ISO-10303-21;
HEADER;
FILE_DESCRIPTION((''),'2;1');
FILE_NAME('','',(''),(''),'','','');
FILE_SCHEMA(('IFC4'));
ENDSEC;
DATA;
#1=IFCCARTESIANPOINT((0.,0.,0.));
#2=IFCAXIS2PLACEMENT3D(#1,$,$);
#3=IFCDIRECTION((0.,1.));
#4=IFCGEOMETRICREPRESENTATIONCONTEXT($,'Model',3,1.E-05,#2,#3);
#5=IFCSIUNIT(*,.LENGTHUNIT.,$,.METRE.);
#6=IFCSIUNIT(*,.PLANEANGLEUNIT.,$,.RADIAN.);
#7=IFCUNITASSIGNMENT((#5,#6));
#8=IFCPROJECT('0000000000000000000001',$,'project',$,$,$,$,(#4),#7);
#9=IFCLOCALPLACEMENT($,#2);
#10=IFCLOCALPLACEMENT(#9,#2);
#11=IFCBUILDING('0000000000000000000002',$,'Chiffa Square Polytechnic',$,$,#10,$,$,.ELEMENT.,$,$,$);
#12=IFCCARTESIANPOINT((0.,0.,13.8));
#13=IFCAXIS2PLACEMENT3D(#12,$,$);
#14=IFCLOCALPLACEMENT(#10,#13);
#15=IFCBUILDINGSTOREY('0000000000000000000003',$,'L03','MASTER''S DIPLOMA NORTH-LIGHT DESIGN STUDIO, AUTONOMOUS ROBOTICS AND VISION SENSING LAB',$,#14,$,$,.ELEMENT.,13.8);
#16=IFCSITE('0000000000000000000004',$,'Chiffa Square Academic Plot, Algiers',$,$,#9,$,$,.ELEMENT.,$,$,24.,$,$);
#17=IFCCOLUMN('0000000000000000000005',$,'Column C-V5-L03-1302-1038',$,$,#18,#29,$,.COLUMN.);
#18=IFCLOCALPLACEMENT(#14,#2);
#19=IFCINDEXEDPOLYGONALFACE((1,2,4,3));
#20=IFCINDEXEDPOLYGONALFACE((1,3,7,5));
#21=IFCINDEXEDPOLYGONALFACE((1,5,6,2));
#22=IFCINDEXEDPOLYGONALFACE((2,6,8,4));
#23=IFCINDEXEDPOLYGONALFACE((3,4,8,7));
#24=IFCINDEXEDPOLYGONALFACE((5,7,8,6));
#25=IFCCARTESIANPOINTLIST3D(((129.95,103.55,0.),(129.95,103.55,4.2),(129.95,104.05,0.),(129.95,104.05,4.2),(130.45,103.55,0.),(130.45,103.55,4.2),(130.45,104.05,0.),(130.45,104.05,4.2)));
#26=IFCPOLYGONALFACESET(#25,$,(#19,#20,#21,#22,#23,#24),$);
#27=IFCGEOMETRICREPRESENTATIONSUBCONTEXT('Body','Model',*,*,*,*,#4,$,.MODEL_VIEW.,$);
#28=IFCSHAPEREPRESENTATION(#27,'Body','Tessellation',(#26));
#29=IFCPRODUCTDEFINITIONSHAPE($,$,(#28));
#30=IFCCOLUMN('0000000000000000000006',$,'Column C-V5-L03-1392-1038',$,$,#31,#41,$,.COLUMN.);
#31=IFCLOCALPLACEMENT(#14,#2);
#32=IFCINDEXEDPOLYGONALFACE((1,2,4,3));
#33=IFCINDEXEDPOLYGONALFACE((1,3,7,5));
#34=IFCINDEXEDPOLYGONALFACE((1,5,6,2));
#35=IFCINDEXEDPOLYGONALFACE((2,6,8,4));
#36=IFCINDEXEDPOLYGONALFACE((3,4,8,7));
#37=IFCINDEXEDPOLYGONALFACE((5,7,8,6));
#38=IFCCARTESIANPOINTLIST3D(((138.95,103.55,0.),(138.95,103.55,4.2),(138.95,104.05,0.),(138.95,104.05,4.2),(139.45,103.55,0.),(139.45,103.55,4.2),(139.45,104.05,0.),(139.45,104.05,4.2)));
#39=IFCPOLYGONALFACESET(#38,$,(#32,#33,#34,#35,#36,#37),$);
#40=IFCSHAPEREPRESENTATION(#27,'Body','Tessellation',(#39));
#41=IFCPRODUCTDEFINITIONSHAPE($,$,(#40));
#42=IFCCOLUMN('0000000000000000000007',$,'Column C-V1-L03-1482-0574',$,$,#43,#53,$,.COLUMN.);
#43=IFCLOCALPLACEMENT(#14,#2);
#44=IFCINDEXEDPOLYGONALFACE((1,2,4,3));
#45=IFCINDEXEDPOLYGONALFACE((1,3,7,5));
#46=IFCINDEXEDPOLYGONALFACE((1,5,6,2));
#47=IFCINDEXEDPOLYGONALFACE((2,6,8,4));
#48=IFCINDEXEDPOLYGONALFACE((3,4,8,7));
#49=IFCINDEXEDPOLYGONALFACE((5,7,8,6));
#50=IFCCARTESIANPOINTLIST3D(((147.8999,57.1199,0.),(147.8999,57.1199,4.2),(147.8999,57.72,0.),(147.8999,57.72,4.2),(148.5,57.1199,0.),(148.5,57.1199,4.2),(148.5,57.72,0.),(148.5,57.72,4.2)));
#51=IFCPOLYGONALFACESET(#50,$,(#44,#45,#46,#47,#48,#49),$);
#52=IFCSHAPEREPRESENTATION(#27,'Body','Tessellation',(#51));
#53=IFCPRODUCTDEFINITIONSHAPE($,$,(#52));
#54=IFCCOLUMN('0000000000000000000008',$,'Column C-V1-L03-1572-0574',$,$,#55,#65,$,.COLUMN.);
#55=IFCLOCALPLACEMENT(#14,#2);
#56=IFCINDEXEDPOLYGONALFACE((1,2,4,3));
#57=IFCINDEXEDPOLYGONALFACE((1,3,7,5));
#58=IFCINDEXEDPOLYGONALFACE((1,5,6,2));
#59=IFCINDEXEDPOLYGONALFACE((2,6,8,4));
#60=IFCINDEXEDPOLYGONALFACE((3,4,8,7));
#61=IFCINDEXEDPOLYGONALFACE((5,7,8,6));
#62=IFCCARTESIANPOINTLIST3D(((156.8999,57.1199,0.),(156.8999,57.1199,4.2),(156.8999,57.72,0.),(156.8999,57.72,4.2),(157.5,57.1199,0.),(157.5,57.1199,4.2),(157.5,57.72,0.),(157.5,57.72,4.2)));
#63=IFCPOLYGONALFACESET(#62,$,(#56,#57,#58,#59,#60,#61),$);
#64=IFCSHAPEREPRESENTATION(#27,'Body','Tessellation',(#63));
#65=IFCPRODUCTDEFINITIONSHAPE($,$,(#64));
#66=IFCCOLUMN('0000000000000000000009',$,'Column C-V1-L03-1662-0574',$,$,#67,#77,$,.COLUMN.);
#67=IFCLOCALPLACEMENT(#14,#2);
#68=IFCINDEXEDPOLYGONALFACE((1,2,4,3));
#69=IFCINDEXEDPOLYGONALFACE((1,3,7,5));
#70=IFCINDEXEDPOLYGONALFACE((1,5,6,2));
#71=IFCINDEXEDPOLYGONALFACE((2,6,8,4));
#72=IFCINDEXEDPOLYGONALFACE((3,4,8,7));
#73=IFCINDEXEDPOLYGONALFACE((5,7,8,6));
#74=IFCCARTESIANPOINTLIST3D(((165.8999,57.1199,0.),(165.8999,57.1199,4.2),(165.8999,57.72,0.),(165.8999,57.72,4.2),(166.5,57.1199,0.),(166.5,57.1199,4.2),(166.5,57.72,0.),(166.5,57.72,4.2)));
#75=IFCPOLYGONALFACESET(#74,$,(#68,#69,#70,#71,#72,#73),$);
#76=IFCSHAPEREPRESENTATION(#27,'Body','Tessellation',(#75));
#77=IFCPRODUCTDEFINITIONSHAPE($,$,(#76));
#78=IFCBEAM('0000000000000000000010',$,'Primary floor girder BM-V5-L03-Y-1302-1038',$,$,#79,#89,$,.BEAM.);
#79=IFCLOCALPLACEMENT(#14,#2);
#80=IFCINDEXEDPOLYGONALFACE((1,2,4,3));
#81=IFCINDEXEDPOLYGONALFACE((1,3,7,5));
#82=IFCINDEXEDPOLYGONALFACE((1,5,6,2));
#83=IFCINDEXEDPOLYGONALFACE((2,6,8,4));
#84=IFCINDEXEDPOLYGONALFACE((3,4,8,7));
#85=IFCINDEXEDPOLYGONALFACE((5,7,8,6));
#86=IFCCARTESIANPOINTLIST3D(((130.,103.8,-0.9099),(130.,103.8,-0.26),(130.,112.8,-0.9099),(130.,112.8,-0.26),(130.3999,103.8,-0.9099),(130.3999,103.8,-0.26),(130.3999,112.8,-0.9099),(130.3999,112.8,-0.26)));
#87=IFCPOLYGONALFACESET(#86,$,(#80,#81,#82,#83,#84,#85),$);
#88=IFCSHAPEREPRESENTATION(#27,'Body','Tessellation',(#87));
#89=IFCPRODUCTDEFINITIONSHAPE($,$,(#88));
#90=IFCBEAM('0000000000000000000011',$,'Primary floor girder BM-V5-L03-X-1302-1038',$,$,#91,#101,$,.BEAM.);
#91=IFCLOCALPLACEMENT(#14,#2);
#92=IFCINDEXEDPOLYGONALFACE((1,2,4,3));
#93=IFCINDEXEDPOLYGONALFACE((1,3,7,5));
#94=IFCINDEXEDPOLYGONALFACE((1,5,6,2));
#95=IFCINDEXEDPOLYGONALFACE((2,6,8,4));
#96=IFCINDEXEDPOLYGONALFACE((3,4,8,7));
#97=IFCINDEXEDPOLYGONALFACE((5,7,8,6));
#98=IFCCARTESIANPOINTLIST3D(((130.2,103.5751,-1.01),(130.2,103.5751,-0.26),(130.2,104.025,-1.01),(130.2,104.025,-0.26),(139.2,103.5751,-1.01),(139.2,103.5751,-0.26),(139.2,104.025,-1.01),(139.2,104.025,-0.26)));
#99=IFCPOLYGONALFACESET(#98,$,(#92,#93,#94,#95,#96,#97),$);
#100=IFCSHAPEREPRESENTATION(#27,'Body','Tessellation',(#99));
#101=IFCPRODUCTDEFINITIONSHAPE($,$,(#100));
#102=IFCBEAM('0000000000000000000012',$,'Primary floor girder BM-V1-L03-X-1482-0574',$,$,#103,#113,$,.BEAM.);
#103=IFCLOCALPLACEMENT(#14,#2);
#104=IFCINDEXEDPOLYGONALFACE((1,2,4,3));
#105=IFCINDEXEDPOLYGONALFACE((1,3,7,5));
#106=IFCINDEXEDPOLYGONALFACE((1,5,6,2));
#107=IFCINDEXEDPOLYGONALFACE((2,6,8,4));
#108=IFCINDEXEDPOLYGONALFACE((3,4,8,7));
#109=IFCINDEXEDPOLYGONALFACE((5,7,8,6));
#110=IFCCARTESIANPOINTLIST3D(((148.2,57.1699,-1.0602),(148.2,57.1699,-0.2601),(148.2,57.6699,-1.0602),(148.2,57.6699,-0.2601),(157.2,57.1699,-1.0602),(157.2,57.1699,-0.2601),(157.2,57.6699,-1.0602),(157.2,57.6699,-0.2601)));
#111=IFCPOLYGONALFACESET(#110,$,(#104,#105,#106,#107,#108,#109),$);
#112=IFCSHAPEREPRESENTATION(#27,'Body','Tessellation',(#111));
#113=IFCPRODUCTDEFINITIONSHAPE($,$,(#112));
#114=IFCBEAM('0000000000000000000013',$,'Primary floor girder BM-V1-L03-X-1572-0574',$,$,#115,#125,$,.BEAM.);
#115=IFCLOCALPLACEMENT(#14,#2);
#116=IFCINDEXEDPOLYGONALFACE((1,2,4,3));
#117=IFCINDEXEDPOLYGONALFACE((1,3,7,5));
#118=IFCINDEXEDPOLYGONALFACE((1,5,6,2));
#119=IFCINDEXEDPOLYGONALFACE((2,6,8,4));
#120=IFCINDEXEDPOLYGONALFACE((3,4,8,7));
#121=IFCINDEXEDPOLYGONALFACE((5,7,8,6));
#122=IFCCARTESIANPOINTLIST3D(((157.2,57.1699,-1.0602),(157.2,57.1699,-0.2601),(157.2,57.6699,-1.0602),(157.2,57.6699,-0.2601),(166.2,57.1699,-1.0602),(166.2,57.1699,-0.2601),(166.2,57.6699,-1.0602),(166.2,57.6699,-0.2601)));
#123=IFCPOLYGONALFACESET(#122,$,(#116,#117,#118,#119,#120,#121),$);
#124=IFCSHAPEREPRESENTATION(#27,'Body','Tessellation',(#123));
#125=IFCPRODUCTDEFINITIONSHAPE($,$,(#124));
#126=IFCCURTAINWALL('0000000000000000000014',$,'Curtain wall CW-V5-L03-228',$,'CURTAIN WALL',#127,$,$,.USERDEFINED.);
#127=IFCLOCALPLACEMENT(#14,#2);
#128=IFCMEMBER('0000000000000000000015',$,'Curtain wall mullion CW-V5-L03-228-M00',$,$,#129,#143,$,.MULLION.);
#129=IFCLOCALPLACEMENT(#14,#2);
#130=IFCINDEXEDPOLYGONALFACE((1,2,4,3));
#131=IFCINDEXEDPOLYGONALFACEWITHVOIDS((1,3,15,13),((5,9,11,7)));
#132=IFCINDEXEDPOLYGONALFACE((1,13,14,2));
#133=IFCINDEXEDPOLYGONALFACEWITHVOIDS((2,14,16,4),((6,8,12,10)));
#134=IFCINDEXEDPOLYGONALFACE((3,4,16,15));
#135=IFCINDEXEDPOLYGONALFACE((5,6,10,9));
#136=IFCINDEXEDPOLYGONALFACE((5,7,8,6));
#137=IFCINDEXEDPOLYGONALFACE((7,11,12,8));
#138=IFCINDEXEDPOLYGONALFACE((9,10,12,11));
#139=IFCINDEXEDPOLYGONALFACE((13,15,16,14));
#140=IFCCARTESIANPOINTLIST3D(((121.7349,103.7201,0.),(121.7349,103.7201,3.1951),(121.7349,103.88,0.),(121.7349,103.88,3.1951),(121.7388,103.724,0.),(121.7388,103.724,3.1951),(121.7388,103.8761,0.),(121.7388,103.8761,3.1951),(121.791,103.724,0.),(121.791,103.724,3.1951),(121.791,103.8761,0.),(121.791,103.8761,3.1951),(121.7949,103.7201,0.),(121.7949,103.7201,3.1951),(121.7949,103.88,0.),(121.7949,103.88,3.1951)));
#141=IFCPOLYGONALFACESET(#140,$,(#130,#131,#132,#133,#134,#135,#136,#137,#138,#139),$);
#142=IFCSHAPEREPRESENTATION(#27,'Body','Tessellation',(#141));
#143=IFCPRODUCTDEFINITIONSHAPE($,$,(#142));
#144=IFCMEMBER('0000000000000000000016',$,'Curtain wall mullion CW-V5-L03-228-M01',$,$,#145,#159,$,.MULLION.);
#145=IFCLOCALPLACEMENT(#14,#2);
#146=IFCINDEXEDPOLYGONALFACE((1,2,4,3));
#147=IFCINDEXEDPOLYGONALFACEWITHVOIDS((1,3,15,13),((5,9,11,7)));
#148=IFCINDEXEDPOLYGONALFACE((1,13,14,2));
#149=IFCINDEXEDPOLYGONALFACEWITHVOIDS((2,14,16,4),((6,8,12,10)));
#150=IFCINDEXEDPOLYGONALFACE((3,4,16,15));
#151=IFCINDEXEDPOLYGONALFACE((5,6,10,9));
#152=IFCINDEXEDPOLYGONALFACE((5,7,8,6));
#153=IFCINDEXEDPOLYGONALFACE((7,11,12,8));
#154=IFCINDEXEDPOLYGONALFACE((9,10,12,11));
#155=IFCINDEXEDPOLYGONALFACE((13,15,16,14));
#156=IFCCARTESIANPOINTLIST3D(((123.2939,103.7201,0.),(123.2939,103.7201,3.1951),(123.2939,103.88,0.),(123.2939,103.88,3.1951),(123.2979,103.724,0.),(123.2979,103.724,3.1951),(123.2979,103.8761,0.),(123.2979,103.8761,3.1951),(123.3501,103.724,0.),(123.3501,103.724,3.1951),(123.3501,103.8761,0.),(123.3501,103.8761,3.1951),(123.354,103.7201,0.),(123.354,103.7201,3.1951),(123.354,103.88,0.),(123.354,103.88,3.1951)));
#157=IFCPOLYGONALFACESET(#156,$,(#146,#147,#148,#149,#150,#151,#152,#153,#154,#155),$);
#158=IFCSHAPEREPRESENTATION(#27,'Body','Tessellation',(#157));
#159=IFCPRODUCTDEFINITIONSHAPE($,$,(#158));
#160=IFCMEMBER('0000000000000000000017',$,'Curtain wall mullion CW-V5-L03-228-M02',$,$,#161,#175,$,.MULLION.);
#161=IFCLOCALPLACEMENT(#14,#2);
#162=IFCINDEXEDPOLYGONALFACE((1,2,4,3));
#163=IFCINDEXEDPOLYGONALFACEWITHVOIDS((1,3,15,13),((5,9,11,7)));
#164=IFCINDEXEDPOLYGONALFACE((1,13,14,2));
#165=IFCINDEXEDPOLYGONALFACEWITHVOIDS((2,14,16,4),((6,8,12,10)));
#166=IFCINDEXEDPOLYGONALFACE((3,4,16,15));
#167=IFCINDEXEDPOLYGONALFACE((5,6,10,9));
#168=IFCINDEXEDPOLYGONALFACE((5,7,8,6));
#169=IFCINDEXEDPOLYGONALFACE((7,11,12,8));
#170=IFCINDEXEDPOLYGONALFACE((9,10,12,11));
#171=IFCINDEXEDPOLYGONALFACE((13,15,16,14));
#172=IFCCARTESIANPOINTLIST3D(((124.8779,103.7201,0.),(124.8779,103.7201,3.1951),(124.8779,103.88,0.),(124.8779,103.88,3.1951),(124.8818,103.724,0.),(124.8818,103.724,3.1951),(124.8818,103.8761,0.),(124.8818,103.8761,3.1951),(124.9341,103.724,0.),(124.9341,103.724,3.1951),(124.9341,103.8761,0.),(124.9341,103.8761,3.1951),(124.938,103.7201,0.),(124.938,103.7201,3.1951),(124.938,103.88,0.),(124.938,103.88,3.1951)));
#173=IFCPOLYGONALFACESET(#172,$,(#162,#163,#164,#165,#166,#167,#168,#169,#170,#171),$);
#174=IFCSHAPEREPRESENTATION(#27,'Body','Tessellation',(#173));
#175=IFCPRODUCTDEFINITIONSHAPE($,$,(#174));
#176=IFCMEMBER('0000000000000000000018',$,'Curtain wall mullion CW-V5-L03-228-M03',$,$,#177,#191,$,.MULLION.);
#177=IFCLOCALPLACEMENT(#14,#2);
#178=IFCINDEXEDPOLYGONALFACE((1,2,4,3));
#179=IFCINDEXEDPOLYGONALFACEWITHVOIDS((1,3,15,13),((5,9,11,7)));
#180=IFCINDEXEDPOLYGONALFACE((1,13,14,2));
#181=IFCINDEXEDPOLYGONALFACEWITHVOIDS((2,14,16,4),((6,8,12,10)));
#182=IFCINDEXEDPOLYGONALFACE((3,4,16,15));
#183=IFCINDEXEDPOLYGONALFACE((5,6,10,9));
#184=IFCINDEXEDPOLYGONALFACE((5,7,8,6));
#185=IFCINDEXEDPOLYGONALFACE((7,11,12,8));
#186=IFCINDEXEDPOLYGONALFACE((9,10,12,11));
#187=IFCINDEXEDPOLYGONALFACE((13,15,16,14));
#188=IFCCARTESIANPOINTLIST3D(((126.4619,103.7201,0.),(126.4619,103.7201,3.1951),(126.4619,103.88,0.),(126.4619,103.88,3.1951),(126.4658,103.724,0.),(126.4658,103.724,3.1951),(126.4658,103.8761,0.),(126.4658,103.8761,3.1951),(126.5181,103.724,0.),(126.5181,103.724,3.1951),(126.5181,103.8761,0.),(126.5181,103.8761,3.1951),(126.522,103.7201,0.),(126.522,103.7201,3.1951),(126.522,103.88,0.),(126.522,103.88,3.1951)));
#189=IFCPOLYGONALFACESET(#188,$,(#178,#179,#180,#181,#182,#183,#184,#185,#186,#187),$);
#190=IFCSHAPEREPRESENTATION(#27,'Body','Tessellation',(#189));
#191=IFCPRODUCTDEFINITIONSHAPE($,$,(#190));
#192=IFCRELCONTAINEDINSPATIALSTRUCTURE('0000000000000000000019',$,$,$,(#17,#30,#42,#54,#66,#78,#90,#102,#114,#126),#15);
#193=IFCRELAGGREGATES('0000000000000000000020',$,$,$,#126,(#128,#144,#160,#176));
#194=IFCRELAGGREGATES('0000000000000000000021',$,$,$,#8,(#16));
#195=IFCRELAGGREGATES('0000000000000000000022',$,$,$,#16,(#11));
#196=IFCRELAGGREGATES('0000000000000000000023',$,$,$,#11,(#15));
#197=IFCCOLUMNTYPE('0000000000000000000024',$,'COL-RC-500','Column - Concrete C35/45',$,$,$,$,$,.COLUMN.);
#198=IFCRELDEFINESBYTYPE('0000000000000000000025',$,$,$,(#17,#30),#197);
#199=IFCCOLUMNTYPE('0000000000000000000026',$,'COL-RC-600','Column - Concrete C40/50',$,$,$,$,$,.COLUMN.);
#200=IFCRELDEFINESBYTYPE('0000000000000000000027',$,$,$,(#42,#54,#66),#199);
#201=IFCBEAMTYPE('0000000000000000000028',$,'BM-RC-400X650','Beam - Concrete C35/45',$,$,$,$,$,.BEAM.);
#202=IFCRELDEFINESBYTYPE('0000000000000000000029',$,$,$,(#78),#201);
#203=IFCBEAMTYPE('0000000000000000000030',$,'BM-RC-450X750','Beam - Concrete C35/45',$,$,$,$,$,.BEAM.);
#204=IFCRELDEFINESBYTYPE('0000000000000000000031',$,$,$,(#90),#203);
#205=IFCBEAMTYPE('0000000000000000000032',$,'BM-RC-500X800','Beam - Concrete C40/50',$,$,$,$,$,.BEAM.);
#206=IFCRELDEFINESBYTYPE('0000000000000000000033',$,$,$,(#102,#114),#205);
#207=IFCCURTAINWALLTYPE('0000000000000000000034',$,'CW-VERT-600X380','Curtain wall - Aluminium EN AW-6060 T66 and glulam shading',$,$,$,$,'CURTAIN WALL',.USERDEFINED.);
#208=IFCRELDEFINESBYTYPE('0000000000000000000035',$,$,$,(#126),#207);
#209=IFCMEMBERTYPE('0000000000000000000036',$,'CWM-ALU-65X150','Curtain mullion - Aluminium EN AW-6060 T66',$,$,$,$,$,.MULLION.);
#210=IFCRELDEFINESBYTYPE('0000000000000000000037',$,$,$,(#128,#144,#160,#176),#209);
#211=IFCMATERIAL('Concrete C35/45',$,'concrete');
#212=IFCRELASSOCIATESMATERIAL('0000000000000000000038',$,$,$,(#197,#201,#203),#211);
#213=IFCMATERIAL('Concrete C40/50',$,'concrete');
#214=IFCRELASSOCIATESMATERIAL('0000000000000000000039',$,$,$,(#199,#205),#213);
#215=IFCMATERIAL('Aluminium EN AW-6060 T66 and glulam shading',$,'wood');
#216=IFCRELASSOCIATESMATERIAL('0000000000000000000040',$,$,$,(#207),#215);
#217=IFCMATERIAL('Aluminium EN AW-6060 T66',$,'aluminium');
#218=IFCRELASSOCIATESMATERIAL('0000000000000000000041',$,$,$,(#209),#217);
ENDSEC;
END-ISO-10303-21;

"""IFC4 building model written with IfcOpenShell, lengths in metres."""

from ifc_helpers import new_model, si_unit, direction, frame, origin, origin_2d, place, context, subcontext, project, spatial, rectangle, hollow_rectangle, extrude, material, material_profile, profile_set, type_object, element, aggregate, save


model = new_model("IFC4")

# Units and contexts
model_context = context("Model", 3, precision=1e-05, world=origin(), true_north=direction((0.0, 1.0)))
body_context = subcontext(model_context, "Body", "Model", "MODEL_VIEW")
ifc_project = project(units=[si_unit("LENGTHUNIT", "METRE"), si_unit("PLANEANGLEUNIT", "RADIAN")], contexts=[model_context])

# Site, building, storey
site_placement = place(None, origin())
site = spatial("IfcSite", under=ifc_project, at=site_placement, Name="Chiffa Square Academic Plot, Algiers", CompositionType="ELEMENT", RefElevation=24.0)
building_placement = place(site_placement, origin())
building = spatial("IfcBuilding", under=site, at=building_placement, Name="Chiffa Square Polytechnic", CompositionType="ELEMENT")
storey_placement = place(building_placement, frame((0.0, 0.0, 13.8)))
storey = spatial("IfcBuildingStorey", under=building, at=storey_placement, Name="L03", Description="MASTER'S DIPLOMA NORTH-LIGHT DESIGN STUDIO, AUTONOMOUS ROBOTICS AND VISION SENSING LAB", CompositionType="ELEMENT", Elevation=13.8)

# Columns
ifc_material_1 = material(Name="Concrete C35/45", Category="concrete")
ifc_material_profile_1 = material_profile(ifc_material_1, rectangle(XDim=0.5, YDim=0.5, at=origin_2d()), Name="RC 500x500")
ifc_profile_set_1 = profile_set([ifc_material_profile_1], Name="Concrete C35/45")
column_type_1 = type_object("IfcColumnType", Name="COL-RC-500", Description="Column - Concrete C35/45", PredefinedType="COLUMN", material=ifc_profile_set_1)
for number, where, z_axis, x_axis, name in (
    (1, (130.2, 103.8, 0.0), (0.0, 0.0, 1.0), (1.0, 0.0, 0.0), "Column C-V5-L03-1302-1038"),
    (2, (139.2, 103.8, 0.0), (0.0, 0.0, 1.0), (1.0, 0.0, 0.0), "Column C-V5-L03-1392-1038"),
):
    element("IfcColumn", number, at=place(storey_placement, frame(where, z_axis=z_axis, x_axis=x_axis)), inside=storey, type_object=column_type_1, Name=name, PredefinedType="COLUMN", context=body_context, shape_type="SweptSolid", body=[
        extrude(rectangle(XDim=0.5, YDim=0.5, at=origin_2d()), origin(), (0.0, 0.0, 1.0), 4.2),
    ])
ifc_material_2 = material(Name="Concrete C40/50", Category="concrete")
ifc_material_profile_2 = material_profile(ifc_material_2, rectangle(XDim=0.6001, YDim=0.6001, at=origin_2d()), Name="RC 600x600")
ifc_profile_set_2 = profile_set([ifc_material_profile_2], Name="Concrete C40/50")
column_type_2 = type_object("IfcColumnType", Name="COL-RC-600", Description="Column - Concrete C40/50", PredefinedType="COLUMN", material=ifc_profile_set_2)
for number, where, z_axis, x_axis, name in (
    (3, (148.2, 57.4199, 0.0), (0.0, 0.0, 1.0), (1.0, 0.0, 0.0), "Column C-V1-L03-1482-0574"),
    (4, (157.2, 57.4199, 0.0), (0.0, 0.0, 1.0), (1.0, 0.0, 0.0), "Column C-V1-L03-1572-0574"),
    (5, (166.2, 57.4199, 0.0), (0.0, 0.0, 1.0), (1.0, 0.0, 0.0), "Column C-V1-L03-1662-0574"),
):
    element("IfcColumn", number, at=place(storey_placement, frame(where, z_axis=z_axis, x_axis=x_axis)), inside=storey, type_object=column_type_2, Name=name, PredefinedType="COLUMN", context=body_context, shape_type="SweptSolid", body=[
        extrude(rectangle(XDim=0.6001, YDim=0.6001, at=origin_2d()), origin(), (0.0, 0.0, 1.0), 4.2),
    ])

# Beams
ifc_material_profile_3 = material_profile(ifc_material_1, rectangle(XDim=0.3999, YDim=0.6499, at=origin_2d()), Name="RC 400x650")
ifc_profile_set_3 = profile_set([ifc_material_profile_3], Name="Concrete C35/45")
beam_type_1 = type_object("IfcBeamType", Name="BM-RC-400X650", Description="Beam - Concrete C35/45", PredefinedType="BEAM", material=ifc_profile_set_3)
beam_1_placement = place(storey_placement, frame((130.2, 103.8, -0.585), z_axis=(0.0, 1.0, 0.0), x_axis=(-1.0, 0.0, 0.0)))
element("IfcBeam", 6, at=beam_1_placement, inside=storey, type_object=beam_type_1, Name="Primary floor girder BM-V5-L03-Y-1302-1038", PredefinedType="BEAM", context=body_context, shape_type="SweptSolid", body=[
    extrude(rectangle(XDim=0.3999, YDim=0.6499, at=origin_2d()), origin(), (0.0, 0.0, 1.0), 9.0),
])
ifc_material_profile_4 = material_profile(ifc_material_1, rectangle(XDim=0.45, YDim=0.75, at=origin_2d()), Name="RC 450x750")
ifc_profile_set_4 = profile_set([ifc_material_profile_4], Name="Concrete C35/45")
beam_type_2 = type_object("IfcBeamType", Name="BM-RC-450X750", Description="Beam - Concrete C35/45", PredefinedType="BEAM", material=ifc_profile_set_4)
beam_2_placement = place(storey_placement, frame((130.2, 103.8, -0.635), z_axis=(1.0, 0.0, 0.0), x_axis=(0.0, 1.0, 0.0)))
element("IfcBeam", 7, at=beam_2_placement, inside=storey, type_object=beam_type_2, Name="Primary floor girder BM-V5-L03-X-1302-1038", PredefinedType="BEAM", context=body_context, shape_type="SweptSolid", body=[
    extrude(rectangle(XDim=0.45, YDim=0.75, at=origin_2d()), origin(), (0.0, 0.0, 1.0), 9.0),
])
ifc_material_profile_5 = material_profile(ifc_material_2, rectangle(XDim=0.5, YDim=0.8, at=origin_2d()), Name="RC 500x800")
ifc_profile_set_5 = profile_set([ifc_material_profile_5], Name="Concrete C40/50")
beam_type_3 = type_object("IfcBeamType", Name="BM-RC-500X800", Description="Beam - Concrete C40/50", PredefinedType="BEAM", material=ifc_profile_set_5)
for number, where, z_axis, x_axis, name in (
    (8, (148.2, 57.4199, -0.6602), (1.0, 0.0, 0.0), (0.0, 1.0, 0.0), "Primary floor girder BM-V1-L03-X-1482-0574"),
    (9, (157.2, 57.4199, -0.6602), (1.0, 0.0, 0.0), (0.0, 1.0, 0.0), "Primary floor girder BM-V1-L03-X-1572-0574"),
):
    element("IfcBeam", number, at=place(storey_placement, frame(where, z_axis=z_axis, x_axis=x_axis)), inside=storey, type_object=beam_type_3, Name=name, PredefinedType="BEAM", context=body_context, shape_type="SweptSolid", body=[
        extrude(rectangle(XDim=0.5, YDim=0.8, at=origin_2d()), origin(), (0.0, 0.0, 1.0), 9.0),
    ])

# Curtain wall, members
ifc_material_3 = material(Name="Aluminium EN AW-6060 T66 and glulam shading", Category="wood")
curtain_wall_type = type_object("IfcCurtainWallType", Name="CW-VERT-600X380", Description="Curtain wall - Aluminium EN AW-6060 T66 and glulam shading", ElementType="CURTAIN WALL", PredefinedType="USERDEFINED", material=ifc_material_3)
curtain_wall_placement = place(storey_placement, origin())
curtain_wall = element("IfcCurtainWall", 10, at=curtain_wall_placement, inside=storey, type_object=curtain_wall_type, Name="Curtain wall CW-V5-L03-228", ObjectType="CURTAIN WALL", PredefinedType="USERDEFINED")
ifc_material_4 = material(Name="Aluminium EN AW-6060 T66", Category="aluminium")
ifc_material_profile_6 = material_profile(ifc_material_4, hollow_rectangle(XDim=0.0601, YDim=0.1599, WallThickness=0.0039, at=origin_2d()), Name="ALU 60x160x4")
ifc_profile_set_6 = profile_set([ifc_material_profile_6], Name="Aluminium EN AW-6060 T66")
member_type_1 = type_object("IfcMemberType", Name="CWM-ALU-65X150", Description="Curtain mullion - Aluminium EN AW-6060 T66", PredefinedType="MULLION", material=ifc_profile_set_6)
member_1_placement = place(storey_placement, frame((121.7649, 103.8, 0.0), z_axis=(0.0, 0.0, 1.0), x_axis=(1.0, 0.0, 0.0)))
member_1 = element("IfcMember", 11, at=member_1_placement, type_object=member_type_1, Name="Curtain wall mullion CW-V5-L03-228-M00", PredefinedType="MULLION", context=body_context, shape_type="SweptSolid", body=[
    extrude(hollow_rectangle(XDim=0.0601, YDim=0.1599, WallThickness=0.0039, at=origin_2d()), origin(), (0.0, 0.0, 1.0), 3.1951),
])
member_2_placement = place(storey_placement, frame((123.324, 103.8, 0.0), z_axis=(0.0, 0.0, 1.0), x_axis=(1.0, 0.0, 0.0)))
member_2 = element("IfcMember", 12, at=member_2_placement, type_object=member_type_1, Name="Curtain wall mullion CW-V5-L03-228-M01", PredefinedType="MULLION", context=body_context, shape_type="SweptSolid", body=[
    extrude(hollow_rectangle(XDim=0.0601, YDim=0.1599, WallThickness=0.0039, at=origin_2d()), origin(), (0.0, 0.0, 1.0), 3.1951),
])
member_3_placement = place(storey_placement, frame((124.908, 103.8, 0.0), z_axis=(0.0, 0.0, 1.0), x_axis=(1.0, 0.0, 0.0)))
member_3 = element("IfcMember", 13, at=member_3_placement, type_object=member_type_1, Name="Curtain wall mullion CW-V5-L03-228-M02", PredefinedType="MULLION", context=body_context, shape_type="SweptSolid", body=[
    extrude(hollow_rectangle(XDim=0.0601, YDim=0.1599, WallThickness=0.0039, at=origin_2d()), origin(), (0.0, 0.0, 1.0), 3.1951),
])
member_4_placement = place(storey_placement, frame((126.4919, 103.8, 0.0), z_axis=(0.0, 0.0, 1.0), x_axis=(1.0, 0.0, 0.0)))
member_4 = element("IfcMember", 14, at=member_4_placement, type_object=member_type_1, Name="Curtain wall mullion CW-V5-L03-228-M03", PredefinedType="MULLION", context=body_context, shape_type="SweptSolid", body=[
    extrude(hollow_rectangle(XDim=0.0601, YDim=0.1599, WallThickness=0.0039, at=origin_2d()), origin(), (0.0, 0.0, 1.0), 3.1951),
])
aggregate(curtain_wall, [member_1, member_2, member_3, member_4])

save(model, "model.ifc")
